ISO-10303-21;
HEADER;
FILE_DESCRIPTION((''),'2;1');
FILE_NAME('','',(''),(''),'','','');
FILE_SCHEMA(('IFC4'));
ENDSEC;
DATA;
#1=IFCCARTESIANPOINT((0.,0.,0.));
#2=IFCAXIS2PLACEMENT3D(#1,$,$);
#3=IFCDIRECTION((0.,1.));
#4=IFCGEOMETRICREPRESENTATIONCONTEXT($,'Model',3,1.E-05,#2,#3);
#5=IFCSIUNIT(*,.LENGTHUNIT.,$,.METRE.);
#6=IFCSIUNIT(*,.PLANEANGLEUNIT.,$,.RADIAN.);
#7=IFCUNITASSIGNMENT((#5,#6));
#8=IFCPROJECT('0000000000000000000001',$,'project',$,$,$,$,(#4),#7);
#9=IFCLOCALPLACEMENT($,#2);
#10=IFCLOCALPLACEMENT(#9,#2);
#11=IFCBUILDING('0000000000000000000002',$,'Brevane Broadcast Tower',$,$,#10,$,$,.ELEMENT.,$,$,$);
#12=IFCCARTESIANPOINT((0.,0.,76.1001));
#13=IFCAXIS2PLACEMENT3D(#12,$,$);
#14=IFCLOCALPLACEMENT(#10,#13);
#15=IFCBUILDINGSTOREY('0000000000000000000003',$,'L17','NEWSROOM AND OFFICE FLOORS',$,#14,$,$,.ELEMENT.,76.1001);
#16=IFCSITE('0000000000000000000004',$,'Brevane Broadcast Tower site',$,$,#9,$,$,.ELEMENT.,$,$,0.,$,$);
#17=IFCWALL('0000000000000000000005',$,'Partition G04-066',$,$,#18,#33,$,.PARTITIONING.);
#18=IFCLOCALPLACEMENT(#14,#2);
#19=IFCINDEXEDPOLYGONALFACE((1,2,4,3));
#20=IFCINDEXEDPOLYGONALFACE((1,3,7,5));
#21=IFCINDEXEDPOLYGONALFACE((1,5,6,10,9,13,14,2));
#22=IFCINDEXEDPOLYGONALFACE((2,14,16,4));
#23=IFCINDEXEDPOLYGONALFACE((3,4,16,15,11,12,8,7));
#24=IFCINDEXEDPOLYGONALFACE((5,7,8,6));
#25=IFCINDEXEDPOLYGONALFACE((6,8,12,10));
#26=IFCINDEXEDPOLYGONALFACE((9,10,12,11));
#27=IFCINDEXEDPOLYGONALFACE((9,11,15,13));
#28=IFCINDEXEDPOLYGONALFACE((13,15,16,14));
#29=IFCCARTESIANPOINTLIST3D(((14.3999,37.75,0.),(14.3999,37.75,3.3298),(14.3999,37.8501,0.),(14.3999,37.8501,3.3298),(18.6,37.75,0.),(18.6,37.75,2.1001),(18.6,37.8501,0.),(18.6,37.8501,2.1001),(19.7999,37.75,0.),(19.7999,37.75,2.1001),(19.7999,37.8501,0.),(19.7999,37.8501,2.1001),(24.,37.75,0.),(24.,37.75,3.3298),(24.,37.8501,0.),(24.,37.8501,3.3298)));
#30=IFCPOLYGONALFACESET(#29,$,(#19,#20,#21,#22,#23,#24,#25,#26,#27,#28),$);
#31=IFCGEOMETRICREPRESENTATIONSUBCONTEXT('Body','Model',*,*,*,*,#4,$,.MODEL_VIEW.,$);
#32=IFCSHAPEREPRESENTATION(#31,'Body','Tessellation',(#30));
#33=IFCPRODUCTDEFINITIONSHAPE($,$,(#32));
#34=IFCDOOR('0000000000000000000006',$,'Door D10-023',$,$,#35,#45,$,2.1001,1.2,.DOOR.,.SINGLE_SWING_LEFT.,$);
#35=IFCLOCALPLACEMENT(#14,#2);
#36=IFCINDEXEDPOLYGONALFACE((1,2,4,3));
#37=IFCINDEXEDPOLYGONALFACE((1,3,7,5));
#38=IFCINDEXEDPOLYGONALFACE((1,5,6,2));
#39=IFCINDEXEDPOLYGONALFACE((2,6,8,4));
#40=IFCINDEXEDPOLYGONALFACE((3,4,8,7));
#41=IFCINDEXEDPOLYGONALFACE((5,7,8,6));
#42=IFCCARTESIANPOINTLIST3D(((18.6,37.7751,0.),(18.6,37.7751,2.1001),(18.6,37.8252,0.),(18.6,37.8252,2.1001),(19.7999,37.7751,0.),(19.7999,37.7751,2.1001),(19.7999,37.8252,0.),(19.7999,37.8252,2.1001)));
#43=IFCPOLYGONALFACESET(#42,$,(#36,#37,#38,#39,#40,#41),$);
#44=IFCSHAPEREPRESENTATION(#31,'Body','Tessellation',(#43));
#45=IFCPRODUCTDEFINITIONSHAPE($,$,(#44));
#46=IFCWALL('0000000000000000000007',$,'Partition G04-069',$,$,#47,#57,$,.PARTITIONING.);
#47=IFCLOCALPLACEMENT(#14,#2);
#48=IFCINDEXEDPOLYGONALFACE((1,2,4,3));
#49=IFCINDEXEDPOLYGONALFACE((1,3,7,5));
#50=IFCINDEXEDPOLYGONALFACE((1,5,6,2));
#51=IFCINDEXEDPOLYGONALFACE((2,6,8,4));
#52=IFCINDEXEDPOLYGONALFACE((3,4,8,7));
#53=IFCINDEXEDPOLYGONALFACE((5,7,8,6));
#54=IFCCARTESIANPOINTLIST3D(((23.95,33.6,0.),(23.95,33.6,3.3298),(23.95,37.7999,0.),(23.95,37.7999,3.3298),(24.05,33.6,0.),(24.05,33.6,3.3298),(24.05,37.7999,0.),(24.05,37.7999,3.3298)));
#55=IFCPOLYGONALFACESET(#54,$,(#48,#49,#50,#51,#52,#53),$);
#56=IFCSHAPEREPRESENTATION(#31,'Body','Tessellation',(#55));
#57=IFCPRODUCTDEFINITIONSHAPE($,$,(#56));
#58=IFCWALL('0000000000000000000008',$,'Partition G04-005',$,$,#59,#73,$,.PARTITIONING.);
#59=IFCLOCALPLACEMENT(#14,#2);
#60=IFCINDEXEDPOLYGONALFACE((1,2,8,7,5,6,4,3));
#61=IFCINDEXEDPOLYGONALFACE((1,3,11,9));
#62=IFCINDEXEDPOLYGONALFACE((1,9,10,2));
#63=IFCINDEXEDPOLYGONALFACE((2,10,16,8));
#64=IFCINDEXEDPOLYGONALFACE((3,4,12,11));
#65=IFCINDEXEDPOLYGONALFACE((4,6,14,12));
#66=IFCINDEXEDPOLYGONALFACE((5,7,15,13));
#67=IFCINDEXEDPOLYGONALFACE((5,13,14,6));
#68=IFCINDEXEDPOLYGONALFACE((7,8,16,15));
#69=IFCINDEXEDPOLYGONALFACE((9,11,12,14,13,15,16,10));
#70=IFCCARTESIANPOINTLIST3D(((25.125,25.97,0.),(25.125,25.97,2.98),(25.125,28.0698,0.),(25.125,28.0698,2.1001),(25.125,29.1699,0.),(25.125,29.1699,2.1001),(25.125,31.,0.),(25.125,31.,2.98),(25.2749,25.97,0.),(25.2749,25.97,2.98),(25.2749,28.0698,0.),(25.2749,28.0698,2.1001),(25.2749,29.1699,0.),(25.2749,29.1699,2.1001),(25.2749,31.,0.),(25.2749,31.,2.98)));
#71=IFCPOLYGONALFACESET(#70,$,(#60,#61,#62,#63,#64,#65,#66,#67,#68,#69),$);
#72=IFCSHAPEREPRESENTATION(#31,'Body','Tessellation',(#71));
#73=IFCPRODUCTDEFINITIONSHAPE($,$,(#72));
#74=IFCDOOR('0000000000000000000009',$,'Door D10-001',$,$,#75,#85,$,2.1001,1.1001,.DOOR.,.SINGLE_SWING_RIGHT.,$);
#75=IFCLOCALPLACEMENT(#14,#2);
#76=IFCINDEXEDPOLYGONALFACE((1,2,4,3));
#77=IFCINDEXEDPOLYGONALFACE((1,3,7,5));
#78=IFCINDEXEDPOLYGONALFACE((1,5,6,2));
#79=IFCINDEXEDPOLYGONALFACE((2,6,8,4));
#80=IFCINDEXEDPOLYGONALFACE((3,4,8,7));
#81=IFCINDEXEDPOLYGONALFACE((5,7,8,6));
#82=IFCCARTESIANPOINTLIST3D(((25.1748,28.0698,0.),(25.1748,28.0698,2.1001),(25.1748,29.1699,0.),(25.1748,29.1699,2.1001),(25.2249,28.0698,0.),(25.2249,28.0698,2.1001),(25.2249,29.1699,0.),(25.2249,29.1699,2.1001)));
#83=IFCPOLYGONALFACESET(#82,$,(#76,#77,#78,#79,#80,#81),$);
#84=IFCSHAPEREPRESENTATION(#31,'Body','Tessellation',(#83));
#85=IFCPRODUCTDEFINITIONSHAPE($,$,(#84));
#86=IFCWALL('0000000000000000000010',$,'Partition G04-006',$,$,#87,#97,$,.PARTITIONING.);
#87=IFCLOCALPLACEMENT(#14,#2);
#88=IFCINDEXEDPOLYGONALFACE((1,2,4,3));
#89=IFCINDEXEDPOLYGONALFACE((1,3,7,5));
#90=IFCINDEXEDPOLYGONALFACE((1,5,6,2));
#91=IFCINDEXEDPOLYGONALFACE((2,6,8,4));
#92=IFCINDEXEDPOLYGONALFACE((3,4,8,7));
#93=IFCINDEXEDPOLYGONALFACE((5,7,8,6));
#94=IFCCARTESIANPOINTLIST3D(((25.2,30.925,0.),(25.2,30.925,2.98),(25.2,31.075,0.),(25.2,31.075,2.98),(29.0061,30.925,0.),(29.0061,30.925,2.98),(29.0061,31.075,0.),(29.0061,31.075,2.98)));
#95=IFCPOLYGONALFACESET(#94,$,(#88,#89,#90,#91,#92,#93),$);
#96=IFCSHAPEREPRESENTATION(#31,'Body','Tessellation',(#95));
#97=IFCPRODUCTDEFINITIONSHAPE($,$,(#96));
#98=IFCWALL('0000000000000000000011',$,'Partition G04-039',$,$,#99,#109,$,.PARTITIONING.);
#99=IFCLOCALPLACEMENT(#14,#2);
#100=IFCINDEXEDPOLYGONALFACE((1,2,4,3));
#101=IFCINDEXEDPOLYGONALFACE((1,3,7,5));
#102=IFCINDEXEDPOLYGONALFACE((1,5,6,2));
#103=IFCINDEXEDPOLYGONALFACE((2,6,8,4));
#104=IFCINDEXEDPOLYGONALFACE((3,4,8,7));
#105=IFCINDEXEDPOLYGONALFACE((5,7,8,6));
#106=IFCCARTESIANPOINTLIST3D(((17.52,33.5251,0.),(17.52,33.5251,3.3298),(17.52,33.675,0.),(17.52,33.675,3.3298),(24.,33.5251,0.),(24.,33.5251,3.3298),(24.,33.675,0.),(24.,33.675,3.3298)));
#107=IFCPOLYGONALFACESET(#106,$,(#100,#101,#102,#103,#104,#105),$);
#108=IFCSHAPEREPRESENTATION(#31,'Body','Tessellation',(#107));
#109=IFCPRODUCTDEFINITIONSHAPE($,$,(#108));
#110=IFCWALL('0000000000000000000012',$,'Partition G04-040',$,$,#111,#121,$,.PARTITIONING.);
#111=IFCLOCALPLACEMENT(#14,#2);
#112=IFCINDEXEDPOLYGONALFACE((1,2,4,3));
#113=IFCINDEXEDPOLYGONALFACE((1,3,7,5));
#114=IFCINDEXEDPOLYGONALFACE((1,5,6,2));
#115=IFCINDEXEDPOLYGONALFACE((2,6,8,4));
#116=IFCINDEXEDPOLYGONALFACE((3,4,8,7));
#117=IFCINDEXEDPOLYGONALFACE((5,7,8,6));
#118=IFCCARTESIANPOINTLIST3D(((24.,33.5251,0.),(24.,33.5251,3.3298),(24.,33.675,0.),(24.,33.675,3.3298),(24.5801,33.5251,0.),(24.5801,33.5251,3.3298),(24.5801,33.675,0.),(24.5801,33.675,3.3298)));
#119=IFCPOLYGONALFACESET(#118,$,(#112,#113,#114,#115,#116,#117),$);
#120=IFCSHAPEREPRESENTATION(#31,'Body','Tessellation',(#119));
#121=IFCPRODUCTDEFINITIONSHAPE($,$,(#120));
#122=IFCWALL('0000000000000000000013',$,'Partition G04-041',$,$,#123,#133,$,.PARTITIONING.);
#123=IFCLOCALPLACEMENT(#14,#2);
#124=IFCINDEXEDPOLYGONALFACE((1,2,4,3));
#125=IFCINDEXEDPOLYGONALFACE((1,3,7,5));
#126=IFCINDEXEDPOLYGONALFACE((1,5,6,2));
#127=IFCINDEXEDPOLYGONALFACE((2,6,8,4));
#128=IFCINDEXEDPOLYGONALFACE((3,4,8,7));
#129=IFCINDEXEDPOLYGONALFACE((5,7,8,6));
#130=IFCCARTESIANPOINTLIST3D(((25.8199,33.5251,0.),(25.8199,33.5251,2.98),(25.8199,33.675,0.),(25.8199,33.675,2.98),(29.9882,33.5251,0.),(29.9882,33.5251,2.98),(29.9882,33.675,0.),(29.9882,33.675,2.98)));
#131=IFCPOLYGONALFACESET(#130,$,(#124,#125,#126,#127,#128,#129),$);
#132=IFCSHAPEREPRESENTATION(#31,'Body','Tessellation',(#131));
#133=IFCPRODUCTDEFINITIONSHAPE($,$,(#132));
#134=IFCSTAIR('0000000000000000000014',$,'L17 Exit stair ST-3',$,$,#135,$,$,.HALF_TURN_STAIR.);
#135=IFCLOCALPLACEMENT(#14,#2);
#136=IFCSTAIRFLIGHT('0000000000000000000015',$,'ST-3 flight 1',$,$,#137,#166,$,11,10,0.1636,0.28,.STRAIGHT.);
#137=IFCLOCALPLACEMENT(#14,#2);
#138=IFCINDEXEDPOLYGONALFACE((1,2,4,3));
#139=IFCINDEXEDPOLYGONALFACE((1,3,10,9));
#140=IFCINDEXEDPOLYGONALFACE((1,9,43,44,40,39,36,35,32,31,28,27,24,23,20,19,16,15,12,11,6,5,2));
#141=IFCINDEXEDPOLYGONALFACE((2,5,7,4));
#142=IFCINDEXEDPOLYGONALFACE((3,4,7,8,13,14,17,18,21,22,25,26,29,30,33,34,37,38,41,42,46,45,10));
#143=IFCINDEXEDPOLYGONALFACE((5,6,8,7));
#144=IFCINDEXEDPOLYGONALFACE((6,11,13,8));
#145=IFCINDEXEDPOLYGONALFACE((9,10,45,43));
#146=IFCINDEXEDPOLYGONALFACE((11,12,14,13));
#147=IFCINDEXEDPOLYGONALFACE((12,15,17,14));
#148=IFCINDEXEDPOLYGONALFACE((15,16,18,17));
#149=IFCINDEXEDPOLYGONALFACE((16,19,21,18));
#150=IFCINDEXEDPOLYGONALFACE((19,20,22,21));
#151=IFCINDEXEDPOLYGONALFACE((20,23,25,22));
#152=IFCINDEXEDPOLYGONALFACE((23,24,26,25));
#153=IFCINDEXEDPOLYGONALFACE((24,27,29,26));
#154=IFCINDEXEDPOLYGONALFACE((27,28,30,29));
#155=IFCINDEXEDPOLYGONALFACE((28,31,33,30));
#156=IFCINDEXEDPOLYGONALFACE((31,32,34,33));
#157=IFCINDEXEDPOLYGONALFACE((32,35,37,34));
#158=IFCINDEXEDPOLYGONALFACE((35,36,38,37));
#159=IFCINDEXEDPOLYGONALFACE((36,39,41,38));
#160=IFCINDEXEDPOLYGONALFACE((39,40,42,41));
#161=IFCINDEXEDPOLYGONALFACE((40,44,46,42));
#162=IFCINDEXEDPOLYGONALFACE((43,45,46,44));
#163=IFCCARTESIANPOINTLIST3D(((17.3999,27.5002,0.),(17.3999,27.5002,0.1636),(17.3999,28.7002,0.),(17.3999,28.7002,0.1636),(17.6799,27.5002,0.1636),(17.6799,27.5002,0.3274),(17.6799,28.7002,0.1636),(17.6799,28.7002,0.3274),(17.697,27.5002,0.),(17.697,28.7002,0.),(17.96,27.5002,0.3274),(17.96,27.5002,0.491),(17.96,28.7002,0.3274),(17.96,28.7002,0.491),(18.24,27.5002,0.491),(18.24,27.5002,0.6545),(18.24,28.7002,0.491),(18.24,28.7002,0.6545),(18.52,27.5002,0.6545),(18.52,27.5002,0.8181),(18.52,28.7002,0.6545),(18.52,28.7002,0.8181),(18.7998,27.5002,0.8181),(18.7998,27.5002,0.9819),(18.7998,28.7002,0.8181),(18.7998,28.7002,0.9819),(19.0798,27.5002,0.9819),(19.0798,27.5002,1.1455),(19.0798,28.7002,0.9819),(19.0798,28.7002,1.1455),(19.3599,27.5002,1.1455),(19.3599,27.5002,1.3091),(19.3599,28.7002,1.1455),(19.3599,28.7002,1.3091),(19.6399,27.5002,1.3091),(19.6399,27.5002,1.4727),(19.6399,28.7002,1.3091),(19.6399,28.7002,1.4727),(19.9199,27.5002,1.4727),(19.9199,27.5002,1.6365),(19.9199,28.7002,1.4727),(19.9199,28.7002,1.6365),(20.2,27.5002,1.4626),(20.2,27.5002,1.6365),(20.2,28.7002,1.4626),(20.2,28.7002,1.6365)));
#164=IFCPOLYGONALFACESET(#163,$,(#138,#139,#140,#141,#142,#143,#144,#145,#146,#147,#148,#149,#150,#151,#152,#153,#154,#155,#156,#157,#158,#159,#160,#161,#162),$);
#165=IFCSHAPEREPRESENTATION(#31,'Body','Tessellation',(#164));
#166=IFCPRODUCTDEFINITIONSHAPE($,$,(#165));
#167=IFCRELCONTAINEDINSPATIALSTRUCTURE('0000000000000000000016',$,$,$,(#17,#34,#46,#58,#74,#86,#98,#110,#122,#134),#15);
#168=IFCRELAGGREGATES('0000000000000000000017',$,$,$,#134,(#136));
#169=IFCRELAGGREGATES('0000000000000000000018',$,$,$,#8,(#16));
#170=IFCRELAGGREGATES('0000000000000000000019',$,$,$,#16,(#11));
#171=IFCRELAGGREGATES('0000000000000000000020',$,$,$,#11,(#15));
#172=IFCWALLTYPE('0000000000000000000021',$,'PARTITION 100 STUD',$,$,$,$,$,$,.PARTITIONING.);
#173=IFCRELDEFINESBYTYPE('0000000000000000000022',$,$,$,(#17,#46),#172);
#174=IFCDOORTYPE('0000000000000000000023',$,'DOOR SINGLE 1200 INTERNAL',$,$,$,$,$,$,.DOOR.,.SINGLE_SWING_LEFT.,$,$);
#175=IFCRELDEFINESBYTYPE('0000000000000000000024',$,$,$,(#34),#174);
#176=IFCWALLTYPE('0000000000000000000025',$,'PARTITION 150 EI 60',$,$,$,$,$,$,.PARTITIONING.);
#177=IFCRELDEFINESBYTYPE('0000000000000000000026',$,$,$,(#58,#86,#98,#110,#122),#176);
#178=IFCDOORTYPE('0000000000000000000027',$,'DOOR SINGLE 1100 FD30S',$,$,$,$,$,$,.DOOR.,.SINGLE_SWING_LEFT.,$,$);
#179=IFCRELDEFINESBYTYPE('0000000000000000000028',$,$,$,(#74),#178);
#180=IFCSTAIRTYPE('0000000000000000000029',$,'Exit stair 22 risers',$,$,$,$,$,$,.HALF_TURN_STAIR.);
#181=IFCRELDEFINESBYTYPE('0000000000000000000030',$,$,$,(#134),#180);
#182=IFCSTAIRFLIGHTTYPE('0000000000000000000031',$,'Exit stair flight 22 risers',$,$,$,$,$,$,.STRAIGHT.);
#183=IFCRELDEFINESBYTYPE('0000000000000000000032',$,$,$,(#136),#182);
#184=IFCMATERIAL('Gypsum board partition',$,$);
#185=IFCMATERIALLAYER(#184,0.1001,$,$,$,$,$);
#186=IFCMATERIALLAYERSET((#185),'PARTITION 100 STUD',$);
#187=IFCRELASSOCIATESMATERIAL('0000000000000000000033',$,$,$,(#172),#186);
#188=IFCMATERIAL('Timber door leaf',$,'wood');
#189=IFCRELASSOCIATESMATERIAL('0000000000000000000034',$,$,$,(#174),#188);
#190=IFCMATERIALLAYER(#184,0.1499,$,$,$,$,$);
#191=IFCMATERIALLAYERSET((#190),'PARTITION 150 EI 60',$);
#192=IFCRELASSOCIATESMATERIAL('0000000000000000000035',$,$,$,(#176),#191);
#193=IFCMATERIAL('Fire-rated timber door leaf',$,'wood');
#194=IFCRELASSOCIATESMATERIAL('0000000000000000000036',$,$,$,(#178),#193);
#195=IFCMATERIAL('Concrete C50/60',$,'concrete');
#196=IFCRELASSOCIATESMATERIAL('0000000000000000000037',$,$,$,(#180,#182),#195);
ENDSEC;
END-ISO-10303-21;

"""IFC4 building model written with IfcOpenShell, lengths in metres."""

from ifc_helpers import new_model, si_unit, direction, frame, frame_2d, origin, place, context, subcontext, project, spatial, polyline, rectangle, outline, extrude, material, layer, layer_set, type_object, element, fill, aggregate, save


model = new_model("IFC4")

# Units and contexts
model_context = context("Model", 3, precision=1e-05, world=origin(), true_north=direction((0.0, 1.0)))
body_context = subcontext(model_context, "Body", "Model", "MODEL_VIEW")
ifc_project = project(units=[si_unit("LENGTHUNIT", "METRE"), si_unit("PLANEANGLEUNIT", "RADIAN")], contexts=[model_context])

# Site, building, storey
site_placement = place(None, origin())
site = spatial("IfcSite", under=ifc_project, at=site_placement, Name="Brevane Broadcast Tower site", CompositionType="ELEMENT", RefElevation=0.0)
building_placement = place(site_placement, origin())
building = spatial("IfcBuilding", under=site, at=building_placement, Name="Brevane Broadcast Tower", CompositionType="ELEMENT")
storey_placement = place(building_placement, frame((0.0, 0.0, 76.1001)))
storey = spatial("IfcBuildingStorey", under=building, at=storey_placement, Name="L17", Description="NEWSROOM AND OFFICE FLOORS", CompositionType="ELEMENT", Elevation=76.1001)

# Wall, opening, door
ifc_material_1 = material(Name="Gypsum board partition")
ifc_layer_1 = layer(ifc_material_1, 0.1001)
ifc_layer_set_1 = layer_set([ifc_layer_1], Name="PARTITION 100 STUD")
wall_type_1 = type_object("IfcWallType", Name="PARTITION 100 STUD", PredefinedType="PARTITIONING", material=ifc_layer_set_1)
wall_1_placement = place(storey_placement, frame((24.0, 37.8, 0.0), z_axis=(0.0, 0.0, 1.0), x_axis=(-1.0, 0.0, 0.0)))
wall_1 = element("IfcWall", 1, at=wall_1_placement, inside=storey, type_object=wall_type_1, Name="Partition G04-066", PredefinedType="PARTITIONING", context=body_context, shape_type="SweptSolid", body=[
    extrude(rectangle(XDim=9.6001, YDim=0.1001, at=frame_2d((4.8, 0.0))), origin(), (0.0, 0.0, 1.0), 3.3298),
])
opening_1_placement = place(wall_1_placement, frame((4.2, 0.0, 0.0)))
opening_1 = element("IfcOpeningElement", 2, at=opening_1_placement, cuts=wall_1, PredefinedType="OPENING", context=body_context, shape_type="SweptSolid", body=[
    extrude(rectangle(XDim=1.2, YDim=2.1001, at=frame_2d((0.6001, 1.05))), frame((0.0, 0.0601, 0.0), z_axis=(0.0, -1.0, 0.0), x_axis=(1.0, 0.0, 0.0)), (0.0, 0.0, 1.0), 0.1201),
])
ifc_material_2 = material(Name="Timber door leaf", Category="wood")
door_type_1 = type_object("IfcDoorType", Name="DOOR SINGLE 1200 INTERNAL", OperationType="SINGLE_SWING_LEFT", PredefinedType="DOOR", material=ifc_material_2)
door_1_placement = place(opening_1_placement, origin())
door_1 = element("IfcDoor", 3, at=door_1_placement, inside=storey, type_object=door_type_1, Name="Door D10-023", OperationType="SINGLE_SWING_LEFT", OverallHeight=2.1001, OverallWidth=1.2, PredefinedType="DOOR", context=body_context, shape_type="SweptSolid", body=[
    extrude(rectangle(XDim=1.2, YDim=2.1001, at=frame_2d((0.6001, 1.05))), frame((0.0, 0.0249, 0.0), z_axis=(0.0, -1.0, 0.0), x_axis=(1.0, 0.0, 0.0)), (0.0, 0.0, 1.0), 0.05),
])
fill(opening_1, door_1)

# Wall
wall_2_placement = place(storey_placement, frame((24.0, 37.8, 0.0), z_axis=(0.0, 0.0, 1.0), x_axis=(0.0, -1.0, 0.0)))
element("IfcWall", 4, at=wall_2_placement, inside=storey, type_object=wall_type_1, Name="Partition G04-069", PredefinedType="PARTITIONING", context=body_context, shape_type="SweptSolid", body=[
    extrude(rectangle(XDim=4.2, YDim=0.1001, at=frame_2d((2.1001, 0.0))), origin(), (0.0, 0.0, 1.0), 3.3298),
])

# Wall, opening, door
ifc_layer_2 = layer(ifc_material_1, 0.1499)
ifc_layer_set_2 = layer_set([ifc_layer_2], Name="PARTITION 150 EI 60")
wall_type_2 = type_object("IfcWallType", Name="PARTITION 150 EI 60", PredefinedType="PARTITIONING", material=ifc_layer_set_2)
wall_3_placement = place(storey_placement, frame((25.2, 31.0, 0.0), z_axis=(0.0, 0.0, 1.0), x_axis=(0.0, -1.0, 0.0)))
wall_3 = element("IfcWall", 5, at=wall_3_placement, inside=storey, type_object=wall_type_2, Name="Partition G04-005", PredefinedType="PARTITIONING", context=body_context, shape_type="SweptSolid", body=[
    extrude(outline(polyline([(0.0, 0.0), (5.03, 0.0), (5.03, 2.98), (0.0, 2.98), (0.0, 0.0)])), frame((0.0, 0.075, 0.0), z_axis=(0.0, -1.0, 0.0), x_axis=(1.0, 0.0, 0.0)), (0.0, 0.0, 1.0), 0.1499),
])
opening_2_placement = place(wall_3_placement, frame((1.8301, 0.0, 0.0)))
opening_2 = element("IfcOpeningElement", 6, at=opening_2_placement, cuts=wall_3, PredefinedType="OPENING", context=body_context, shape_type="SweptSolid", body=[
    extrude(rectangle(XDim=1.1001, YDim=2.1001, at=frame_2d((0.55, 1.05))), frame((0.0, 0.085, 0.0), z_axis=(0.0, -1.0, 0.0), x_axis=(1.0, 0.0, 0.0)), (0.0, 0.0, 1.0), 0.1699),
])
ifc_material_3 = material(Name="Fire-rated timber door leaf", Category="wood")
door_type_2 = type_object("IfcDoorType", Name="DOOR SINGLE 1100 FD30S", OperationType="SINGLE_SWING_LEFT", PredefinedType="DOOR", material=ifc_material_3)
door_2_placement = place(opening_2_placement, origin())
door_2 = element("IfcDoor", 7, at=door_2_placement, inside=storey, type_object=door_type_2, Name="Door D10-001", OperationType="SINGLE_SWING_RIGHT", OverallHeight=2.1001, OverallWidth=1.1001, PredefinedType="DOOR", context=body_context, shape_type="SweptSolid", body=[
    extrude(rectangle(XDim=1.1001, YDim=2.1001, at=frame_2d((0.55, 1.05))), frame((0.0, 0.0249, 0.0), z_axis=(0.0, -1.0, 0.0), x_axis=(1.0, 0.0, 0.0)), (0.0, 0.0, 1.0), 0.05),
])
fill(opening_2, door_2)

# Walls
wall_4_placement = place(storey_placement, frame((25.2, 31.0, 0.0), z_axis=(0.0, 0.0, 1.0), x_axis=(1.0, 0.0, 0.0)))
element("IfcWall", 8, at=wall_4_placement, inside=storey, type_object=wall_type_2, Name="Partition G04-006", PredefinedType="PARTITIONING", context=body_context, shape_type="SweptSolid", body=[
    extrude(rectangle(XDim=3.8062, YDim=0.1499, at=frame_2d((1.9031, 0.0))), origin(), (0.0, 0.0, 1.0), 2.98),
])
wall_5_placement = place(storey_placement, frame((17.52, 33.6001, 0.0), z_axis=(0.0, 0.0, 1.0), x_axis=(1.0, 0.0, 0.0)))
element("IfcWall", 9, at=wall_5_placement, inside=storey, type_object=wall_type_2, Name="Partition G04-039", PredefinedType="PARTITIONING", context=body_context, shape_type="SweptSolid", body=[
    extrude(rectangle(XDim=6.48, YDim=0.1499, at=frame_2d((3.24, 0.0))), origin(), (0.0, 0.0, 1.0), 3.3298),
])
wall_6_placement = place(storey_placement, frame((24.0, 33.6001, 0.0), z_axis=(0.0, 0.0, 1.0), x_axis=(1.0, 0.0, 0.0)))
element("IfcWall", 10, at=wall_6_placement, inside=storey, type_object=wall_type_2, Name="Partition G04-040", PredefinedType="PARTITIONING", context=body_context, shape_type="SweptSolid", body=[
    extrude(rectangle(XDim=0.5801, YDim=0.1499, at=frame_2d((0.29, 0.0))), origin(), (0.0, 0.0, 1.0), 3.3298),
])
wall_7_placement = place(storey_placement, frame((25.8201, 33.6001, 0.0), z_axis=(0.0, 0.0, 1.0), x_axis=(1.0, 0.0, 0.0)))
element("IfcWall", 11, at=wall_7_placement, inside=storey, type_object=wall_type_2, Name="Partition G04-041", PredefinedType="PARTITIONING", context=body_context, shape_type="SweptSolid", body=[
    extrude(rectangle(XDim=4.1682, YDim=0.1499, at=frame_2d((2.084, 0.0))), origin(), (0.0, 0.0, 1.0), 2.98),
])

# Stair, stair flight
ifc_material_4 = material(Name="Concrete C50/60", Category="concrete")
stair_type = type_object("IfcStairType", Name="Exit stair 22 risers", PredefinedType="HALF_TURN_STAIR", material=ifc_material_4)
stair_placement = place(storey_placement, origin())
stair = element("IfcStair", 12, at=stair_placement, inside=storey, type_object=stair_type, Name="L17 Exit stair ST-3", PredefinedType="HALF_TURN_STAIR")
stair_flight_type = type_object("IfcStairFlightType", Name="Exit stair flight 22 risers", PredefinedType="STRAIGHT", material=ifc_material_4)
stair_flight_1_placement = place(storey_placement, frame((17.3999, 28.1001, 0.0), z_axis=(0.0, 0.0, 1.0), x_axis=(1.0, 0.0, 0.0)))
stair_flight_1 = element("IfcStairFlight", 13, at=stair_flight_1_placement, type_object=stair_flight_type, Name="ST-3 flight 1", NumberOfRisers=11, NumberOfTreads=10, PredefinedType="STRAIGHT", RiserHeight=0.1636, TreadLength=0.28, context=body_context, shape_type="SweptSolid", body=[
    extrude(outline(polyline([(0.0, 0.0), (0.0, 0.1636), (0.28, 0.1636), (0.28, 0.3274), (0.5601, 0.3274), (0.5601, 0.491), (0.8401, 0.491), (0.8401, 0.6545), (1.1201, 0.6545), (1.1201, 0.8181), (1.3999, 0.8181), (1.3999, 0.9819), (1.6799, 0.9819), (1.6799, 1.1455), (1.96, 1.1455), (1.96, 1.3091), (2.24, 1.3091), (2.24, 1.4727), (2.52, 1.4727), (2.52, 1.6365), (2.8, 1.6365), (2.8, 1.8), (2.8, 1.4626), (0.2971, 0.0), (0.0, 0.0)])), frame((0.0, 0.6001, 0.0), z_axis=(0.0, -1.0, 0.0), x_axis=(1.0, 0.0, 0.0)), (0.0, 0.0, 1.0), 1.2),
])
aggregate(stair, [stair_flight_1])

save(model, "model.ifc")
